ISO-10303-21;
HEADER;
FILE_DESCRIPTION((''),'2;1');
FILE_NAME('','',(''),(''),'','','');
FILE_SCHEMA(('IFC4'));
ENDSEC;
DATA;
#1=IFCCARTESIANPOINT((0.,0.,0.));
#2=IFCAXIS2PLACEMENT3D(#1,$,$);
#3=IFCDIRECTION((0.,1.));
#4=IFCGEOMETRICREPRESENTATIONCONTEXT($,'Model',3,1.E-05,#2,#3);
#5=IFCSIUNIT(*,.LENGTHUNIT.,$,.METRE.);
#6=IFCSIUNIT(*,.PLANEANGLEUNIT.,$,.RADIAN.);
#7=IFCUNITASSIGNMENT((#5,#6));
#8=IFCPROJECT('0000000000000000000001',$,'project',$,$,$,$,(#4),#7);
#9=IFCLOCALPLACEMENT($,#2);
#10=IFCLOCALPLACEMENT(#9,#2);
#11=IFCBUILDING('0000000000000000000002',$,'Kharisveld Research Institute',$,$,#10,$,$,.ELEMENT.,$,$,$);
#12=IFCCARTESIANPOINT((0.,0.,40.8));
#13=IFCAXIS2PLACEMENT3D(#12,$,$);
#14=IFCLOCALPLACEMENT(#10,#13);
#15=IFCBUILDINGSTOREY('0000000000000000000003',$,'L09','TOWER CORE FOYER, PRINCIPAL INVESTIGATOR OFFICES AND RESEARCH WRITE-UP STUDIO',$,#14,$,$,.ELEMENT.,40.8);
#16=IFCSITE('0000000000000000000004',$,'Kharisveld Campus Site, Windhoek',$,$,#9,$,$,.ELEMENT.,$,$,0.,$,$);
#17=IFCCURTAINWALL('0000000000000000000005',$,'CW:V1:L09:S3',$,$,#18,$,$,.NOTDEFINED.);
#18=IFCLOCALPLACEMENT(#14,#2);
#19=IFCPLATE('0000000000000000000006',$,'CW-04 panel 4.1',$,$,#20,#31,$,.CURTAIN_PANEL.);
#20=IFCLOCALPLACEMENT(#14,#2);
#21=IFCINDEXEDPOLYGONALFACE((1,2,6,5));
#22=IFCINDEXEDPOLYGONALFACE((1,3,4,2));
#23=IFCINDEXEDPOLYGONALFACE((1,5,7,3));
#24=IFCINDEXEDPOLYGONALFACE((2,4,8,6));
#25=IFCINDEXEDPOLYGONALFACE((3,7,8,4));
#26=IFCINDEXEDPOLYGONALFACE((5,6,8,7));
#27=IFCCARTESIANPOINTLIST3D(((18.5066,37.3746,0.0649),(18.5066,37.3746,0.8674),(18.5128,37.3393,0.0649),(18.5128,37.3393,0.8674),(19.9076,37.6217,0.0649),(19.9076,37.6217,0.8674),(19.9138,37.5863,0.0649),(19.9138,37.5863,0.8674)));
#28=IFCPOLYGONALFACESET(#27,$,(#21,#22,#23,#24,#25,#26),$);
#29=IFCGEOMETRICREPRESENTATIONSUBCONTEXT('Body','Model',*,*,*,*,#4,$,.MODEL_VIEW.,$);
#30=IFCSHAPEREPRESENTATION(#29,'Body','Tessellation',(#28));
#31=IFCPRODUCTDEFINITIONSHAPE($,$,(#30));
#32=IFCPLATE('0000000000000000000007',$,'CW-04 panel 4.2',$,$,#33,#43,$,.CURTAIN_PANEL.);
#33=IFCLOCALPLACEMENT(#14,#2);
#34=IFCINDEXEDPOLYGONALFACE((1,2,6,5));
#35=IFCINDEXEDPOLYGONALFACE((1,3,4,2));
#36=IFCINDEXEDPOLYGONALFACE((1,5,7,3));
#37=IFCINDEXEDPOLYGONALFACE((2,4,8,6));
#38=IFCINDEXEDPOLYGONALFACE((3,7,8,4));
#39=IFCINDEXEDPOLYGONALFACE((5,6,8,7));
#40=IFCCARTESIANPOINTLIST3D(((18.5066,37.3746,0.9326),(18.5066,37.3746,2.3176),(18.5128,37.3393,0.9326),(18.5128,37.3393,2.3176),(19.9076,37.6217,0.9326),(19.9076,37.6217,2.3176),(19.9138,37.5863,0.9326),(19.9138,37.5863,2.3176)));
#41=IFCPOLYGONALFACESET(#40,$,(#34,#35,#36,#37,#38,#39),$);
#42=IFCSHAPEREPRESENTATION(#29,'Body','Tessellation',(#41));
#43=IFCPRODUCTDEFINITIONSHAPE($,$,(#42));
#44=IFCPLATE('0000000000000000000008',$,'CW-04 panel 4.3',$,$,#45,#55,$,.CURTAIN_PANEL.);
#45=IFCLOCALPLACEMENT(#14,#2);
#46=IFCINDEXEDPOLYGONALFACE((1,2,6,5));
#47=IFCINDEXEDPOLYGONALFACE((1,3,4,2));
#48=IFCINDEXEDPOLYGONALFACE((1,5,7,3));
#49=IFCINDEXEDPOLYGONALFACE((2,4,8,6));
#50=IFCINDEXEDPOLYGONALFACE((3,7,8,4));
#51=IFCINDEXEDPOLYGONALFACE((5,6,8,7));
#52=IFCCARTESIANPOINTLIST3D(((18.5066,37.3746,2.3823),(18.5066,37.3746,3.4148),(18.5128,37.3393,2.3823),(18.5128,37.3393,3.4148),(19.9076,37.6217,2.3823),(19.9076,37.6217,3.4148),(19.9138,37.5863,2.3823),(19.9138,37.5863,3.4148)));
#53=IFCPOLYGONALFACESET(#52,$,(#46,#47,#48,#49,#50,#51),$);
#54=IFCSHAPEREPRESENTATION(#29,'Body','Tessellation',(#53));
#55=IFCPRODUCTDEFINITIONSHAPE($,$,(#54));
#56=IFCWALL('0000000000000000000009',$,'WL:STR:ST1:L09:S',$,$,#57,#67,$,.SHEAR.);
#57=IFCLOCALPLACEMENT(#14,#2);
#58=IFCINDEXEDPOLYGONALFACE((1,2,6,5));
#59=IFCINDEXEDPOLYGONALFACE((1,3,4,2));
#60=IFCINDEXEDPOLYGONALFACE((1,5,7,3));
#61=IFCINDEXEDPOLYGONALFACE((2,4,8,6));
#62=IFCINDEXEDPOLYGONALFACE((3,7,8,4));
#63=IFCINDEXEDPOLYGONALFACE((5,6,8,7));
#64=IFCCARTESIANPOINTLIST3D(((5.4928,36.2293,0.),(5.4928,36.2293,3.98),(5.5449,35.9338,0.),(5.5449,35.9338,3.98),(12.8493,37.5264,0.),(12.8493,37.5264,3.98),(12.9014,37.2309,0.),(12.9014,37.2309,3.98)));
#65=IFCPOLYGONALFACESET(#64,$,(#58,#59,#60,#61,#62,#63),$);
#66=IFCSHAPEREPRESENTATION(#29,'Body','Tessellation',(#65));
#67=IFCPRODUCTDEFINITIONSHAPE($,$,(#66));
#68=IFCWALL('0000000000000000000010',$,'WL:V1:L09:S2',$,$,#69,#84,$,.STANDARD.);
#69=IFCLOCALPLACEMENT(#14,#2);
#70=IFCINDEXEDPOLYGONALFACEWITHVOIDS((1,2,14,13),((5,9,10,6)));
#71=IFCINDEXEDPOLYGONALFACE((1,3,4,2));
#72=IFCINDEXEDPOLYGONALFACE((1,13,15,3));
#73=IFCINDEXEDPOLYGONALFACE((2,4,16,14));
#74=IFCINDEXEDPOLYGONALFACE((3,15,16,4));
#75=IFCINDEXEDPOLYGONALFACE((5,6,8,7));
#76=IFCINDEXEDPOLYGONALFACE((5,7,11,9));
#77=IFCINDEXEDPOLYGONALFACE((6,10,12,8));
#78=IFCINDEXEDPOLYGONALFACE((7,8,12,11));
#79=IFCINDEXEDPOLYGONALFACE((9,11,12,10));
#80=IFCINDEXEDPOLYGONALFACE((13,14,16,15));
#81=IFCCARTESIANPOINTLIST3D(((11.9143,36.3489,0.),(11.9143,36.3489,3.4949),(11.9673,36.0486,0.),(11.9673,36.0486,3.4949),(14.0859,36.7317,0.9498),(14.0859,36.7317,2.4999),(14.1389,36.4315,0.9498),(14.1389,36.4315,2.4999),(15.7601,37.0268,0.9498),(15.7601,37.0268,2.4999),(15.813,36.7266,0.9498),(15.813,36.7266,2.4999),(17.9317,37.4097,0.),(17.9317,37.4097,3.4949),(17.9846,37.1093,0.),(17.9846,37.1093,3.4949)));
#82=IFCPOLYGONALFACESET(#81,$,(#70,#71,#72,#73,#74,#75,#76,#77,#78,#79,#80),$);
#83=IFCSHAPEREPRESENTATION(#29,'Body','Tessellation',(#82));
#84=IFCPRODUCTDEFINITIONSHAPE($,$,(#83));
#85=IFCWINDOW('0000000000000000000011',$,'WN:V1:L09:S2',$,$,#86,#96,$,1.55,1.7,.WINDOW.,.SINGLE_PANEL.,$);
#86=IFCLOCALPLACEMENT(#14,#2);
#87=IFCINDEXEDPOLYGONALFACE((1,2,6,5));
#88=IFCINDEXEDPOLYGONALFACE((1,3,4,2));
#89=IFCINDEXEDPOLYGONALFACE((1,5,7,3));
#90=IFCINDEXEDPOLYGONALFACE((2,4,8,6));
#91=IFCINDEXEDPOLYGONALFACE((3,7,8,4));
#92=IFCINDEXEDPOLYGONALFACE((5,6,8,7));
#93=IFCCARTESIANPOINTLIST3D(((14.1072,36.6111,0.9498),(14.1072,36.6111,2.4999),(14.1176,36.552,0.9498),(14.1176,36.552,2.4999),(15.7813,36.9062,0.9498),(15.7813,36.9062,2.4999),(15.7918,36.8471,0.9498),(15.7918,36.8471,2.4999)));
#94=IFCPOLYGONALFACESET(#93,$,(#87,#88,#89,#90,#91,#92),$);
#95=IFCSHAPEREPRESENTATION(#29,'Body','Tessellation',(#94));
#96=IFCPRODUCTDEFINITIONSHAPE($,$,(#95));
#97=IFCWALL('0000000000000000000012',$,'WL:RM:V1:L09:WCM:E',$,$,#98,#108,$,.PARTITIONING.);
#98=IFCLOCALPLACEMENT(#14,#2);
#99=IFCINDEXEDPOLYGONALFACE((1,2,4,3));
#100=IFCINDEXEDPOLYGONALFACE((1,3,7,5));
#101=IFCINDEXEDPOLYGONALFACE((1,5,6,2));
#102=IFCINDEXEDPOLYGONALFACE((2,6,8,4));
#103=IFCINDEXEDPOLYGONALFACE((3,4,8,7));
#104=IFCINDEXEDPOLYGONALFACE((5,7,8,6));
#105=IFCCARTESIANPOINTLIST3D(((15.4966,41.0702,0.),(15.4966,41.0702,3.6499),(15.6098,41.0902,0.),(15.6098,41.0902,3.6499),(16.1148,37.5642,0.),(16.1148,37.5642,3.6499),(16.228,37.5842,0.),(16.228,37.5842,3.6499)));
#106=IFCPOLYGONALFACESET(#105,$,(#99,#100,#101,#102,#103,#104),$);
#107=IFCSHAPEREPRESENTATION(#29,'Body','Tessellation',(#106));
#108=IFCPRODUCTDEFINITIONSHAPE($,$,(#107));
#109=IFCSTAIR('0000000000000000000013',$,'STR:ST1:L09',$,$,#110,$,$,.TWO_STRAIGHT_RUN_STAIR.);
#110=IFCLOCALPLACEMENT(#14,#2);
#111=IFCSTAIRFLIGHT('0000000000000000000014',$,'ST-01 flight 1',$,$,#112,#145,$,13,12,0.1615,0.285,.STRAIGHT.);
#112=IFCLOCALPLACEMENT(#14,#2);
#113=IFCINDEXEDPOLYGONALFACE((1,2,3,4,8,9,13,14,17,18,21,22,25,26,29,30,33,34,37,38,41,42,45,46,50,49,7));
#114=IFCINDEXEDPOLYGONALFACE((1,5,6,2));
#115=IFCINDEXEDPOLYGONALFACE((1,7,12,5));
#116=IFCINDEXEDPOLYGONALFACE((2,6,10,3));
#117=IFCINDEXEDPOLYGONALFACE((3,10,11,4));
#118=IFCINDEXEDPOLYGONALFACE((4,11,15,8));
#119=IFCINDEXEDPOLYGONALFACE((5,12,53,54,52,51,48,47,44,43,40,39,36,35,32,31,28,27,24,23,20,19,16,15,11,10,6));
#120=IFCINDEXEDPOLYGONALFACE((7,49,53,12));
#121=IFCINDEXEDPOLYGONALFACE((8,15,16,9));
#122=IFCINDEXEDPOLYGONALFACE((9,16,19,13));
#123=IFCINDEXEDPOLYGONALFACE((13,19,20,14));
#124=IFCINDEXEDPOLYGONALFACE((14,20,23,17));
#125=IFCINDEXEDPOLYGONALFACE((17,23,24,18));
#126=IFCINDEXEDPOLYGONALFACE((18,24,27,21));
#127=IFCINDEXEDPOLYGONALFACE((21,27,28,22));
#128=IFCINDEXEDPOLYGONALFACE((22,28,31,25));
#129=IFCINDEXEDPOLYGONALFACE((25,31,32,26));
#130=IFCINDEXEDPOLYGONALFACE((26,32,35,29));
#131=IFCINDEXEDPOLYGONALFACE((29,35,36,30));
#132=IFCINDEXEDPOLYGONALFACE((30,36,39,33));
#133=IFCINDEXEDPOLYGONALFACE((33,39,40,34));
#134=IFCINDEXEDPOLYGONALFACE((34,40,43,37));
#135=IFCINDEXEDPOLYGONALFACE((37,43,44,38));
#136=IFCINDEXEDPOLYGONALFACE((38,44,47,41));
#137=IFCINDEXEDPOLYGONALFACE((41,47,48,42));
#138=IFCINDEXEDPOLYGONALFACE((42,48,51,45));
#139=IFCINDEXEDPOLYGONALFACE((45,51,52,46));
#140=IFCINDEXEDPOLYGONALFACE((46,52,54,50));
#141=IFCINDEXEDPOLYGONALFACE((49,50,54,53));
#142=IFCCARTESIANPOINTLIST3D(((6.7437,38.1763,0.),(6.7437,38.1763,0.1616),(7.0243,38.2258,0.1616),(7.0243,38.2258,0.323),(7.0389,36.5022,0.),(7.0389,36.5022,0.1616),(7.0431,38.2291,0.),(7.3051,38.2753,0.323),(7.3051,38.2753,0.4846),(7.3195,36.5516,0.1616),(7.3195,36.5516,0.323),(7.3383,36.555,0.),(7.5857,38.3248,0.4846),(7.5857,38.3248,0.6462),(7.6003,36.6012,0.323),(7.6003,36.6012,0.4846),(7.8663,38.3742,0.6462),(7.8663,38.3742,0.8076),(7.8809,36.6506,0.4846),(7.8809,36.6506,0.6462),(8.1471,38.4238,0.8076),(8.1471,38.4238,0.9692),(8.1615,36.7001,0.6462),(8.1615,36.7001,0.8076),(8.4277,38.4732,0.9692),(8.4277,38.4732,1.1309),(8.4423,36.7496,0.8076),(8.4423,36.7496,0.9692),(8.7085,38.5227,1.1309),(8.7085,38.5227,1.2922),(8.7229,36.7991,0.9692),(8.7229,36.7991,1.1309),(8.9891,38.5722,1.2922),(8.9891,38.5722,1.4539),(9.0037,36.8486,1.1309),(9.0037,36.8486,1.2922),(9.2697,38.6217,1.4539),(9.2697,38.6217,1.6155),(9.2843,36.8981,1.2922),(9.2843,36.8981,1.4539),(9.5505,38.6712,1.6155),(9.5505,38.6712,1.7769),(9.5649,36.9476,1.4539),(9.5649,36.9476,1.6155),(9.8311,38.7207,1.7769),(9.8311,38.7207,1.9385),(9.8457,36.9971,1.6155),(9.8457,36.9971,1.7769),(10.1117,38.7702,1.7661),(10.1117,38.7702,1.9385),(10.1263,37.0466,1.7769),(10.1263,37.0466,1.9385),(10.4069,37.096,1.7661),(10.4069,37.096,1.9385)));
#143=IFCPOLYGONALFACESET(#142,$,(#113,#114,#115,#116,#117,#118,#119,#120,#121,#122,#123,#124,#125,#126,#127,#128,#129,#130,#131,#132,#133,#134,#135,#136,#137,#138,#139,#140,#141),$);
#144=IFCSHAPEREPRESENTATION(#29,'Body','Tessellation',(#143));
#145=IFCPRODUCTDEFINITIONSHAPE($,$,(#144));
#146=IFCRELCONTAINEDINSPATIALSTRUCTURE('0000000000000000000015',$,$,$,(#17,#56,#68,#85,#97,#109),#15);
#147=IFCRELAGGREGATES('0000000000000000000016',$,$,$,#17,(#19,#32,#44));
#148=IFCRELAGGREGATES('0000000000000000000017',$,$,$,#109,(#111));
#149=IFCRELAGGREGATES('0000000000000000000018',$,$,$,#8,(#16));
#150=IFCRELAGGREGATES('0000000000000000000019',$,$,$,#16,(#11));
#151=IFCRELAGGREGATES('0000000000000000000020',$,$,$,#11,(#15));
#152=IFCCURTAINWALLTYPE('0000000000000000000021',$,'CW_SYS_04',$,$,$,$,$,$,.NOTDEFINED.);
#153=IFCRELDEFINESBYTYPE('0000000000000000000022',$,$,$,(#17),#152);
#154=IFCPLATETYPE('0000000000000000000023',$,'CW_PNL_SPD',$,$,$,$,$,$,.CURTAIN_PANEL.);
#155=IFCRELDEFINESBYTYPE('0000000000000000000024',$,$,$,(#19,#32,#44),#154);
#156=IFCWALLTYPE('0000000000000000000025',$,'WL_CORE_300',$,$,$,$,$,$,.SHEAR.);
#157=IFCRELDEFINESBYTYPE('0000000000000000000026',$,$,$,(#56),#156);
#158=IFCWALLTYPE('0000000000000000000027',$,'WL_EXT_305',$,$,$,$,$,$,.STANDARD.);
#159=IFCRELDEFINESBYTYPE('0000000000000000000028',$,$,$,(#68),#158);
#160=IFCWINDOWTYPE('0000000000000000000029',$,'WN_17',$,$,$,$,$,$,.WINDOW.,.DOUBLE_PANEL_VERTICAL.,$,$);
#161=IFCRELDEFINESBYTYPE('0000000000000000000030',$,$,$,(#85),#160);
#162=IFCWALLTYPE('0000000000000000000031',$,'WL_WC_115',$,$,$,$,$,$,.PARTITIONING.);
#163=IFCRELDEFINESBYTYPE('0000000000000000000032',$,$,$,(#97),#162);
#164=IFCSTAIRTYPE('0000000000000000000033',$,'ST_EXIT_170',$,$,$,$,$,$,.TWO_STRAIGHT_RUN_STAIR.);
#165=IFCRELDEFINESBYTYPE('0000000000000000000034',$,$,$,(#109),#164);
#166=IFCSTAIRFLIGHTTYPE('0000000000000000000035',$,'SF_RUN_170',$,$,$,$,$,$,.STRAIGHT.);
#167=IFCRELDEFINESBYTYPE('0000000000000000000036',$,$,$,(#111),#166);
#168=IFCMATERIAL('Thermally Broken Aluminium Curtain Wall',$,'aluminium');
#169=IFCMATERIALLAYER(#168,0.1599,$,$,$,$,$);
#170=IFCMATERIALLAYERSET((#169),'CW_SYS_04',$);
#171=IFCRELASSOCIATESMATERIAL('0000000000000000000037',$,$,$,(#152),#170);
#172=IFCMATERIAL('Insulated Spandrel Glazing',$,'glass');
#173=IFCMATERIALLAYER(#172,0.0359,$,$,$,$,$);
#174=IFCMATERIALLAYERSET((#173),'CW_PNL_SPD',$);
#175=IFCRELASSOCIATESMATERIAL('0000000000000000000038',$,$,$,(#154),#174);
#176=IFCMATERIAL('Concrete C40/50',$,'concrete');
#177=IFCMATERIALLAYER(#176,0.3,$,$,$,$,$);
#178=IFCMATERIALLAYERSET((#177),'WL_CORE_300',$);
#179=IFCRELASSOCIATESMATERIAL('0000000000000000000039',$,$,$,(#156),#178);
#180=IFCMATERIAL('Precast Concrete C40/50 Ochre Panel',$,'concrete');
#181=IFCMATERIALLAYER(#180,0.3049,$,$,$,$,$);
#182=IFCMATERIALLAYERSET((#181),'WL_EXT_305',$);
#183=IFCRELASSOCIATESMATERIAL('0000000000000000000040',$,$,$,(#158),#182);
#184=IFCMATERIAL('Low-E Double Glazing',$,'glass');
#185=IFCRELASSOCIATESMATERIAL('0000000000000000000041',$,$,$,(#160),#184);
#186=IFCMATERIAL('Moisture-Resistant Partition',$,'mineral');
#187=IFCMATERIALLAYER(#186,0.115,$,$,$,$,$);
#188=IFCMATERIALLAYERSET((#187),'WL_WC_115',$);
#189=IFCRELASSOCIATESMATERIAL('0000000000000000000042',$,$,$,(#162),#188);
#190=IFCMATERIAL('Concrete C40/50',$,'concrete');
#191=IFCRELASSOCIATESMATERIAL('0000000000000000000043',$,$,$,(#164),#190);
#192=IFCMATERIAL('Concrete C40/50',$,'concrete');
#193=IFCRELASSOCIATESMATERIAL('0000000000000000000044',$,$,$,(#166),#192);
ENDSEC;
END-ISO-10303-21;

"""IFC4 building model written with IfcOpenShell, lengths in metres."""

from ifc_helpers import new_model, si_unit, direction, frame, frame_2d, origin, origin_2d, place, context, subcontext, project, spatial, polyline, rectangle, outline, extrude, material, layer, layer_set, type_object, element, fill, aggregate, save


model = new_model("IFC4")

# Units and contexts
model_context = context("Model", 3, precision=1e-05, world=origin(), true_north=direction((0.0, 1.0)))
body_context = subcontext(model_context, "Body", "Model", "MODEL_VIEW")
ifc_project = project(units=[si_unit("LENGTHUNIT", "METRE"), si_unit("PLANEANGLEUNIT", "RADIAN")], contexts=[model_context])

# Site, building, storey
site_placement = place(None, origin())
site = spatial("IfcSite", under=ifc_project, at=site_placement, Name="Kharisveld Campus Site, Windhoek", CompositionType="ELEMENT", RefElevation=0.0)
building_placement = place(site_placement, origin())
building = spatial("IfcBuilding", under=site, at=building_placement, Name="Kharisveld Research Institute", CompositionType="ELEMENT")
storey_placement = place(building_placement, frame((0.0, 0.0, 40.8)))
storey = spatial("IfcBuildingStorey", under=building, at=storey_placement, Name="L09", Description="TOWER CORE FOYER, PRINCIPAL INVESTIGATOR OFFICES AND RESEARCH WRITE-UP STUDIO", CompositionType="ELEMENT", Elevation=40.8)

# Curtain wall
ifc_material_1 = material(Name="Thermally Broken Aluminium Curtain Wall", Category="aluminium")
ifc_layer_1 = layer(ifc_material_1, 0.1599)
ifc_layer_set_1 = layer_set([ifc_layer_1], Name="CW_SYS_04")
curtain_wall_type = type_object("IfcCurtainWallType", Name="CW_SYS_04", PredefinedType="NOTDEFINED", material=ifc_layer_set_1)
curtain_wall_placement = place(storey_placement, origin())
curtain_wall = element("IfcCurtainWall", 1, at=curtain_wall_placement, inside=storey, type_object=curtain_wall_type, Name="CW:V1:L09:S3", PredefinedType="NOTDEFINED")

# Plates
ifc_material_2 = material(Name="Insulated Spandrel Glazing", Category="glass")
ifc_layer_2 = layer(ifc_material_2, 0.0359)
ifc_layer_set_2 = layer_set([ifc_layer_2], Name="CW_PNL_SPD")
plate_type = type_object("IfcPlateType", Name="CW_PNL_SPD", PredefinedType="CURTAIN_PANEL", material=ifc_layer_set_2)
plate_1_placement = place(storey_placement, frame((19.2102, 37.4805, 0.0649), z_axis=(0.0, 0.0, 1.0), x_axis=(-0.984808, -0.173648, 0.0)))
plate_1 = element("IfcPlate", 2, at=plate_1_placement, type_object=plate_type, Name="CW-04 panel 4.1", PredefinedType="CURTAIN_PANEL", context=body_context, shape_type="SweptSolid", body=[
    extrude(rectangle(XDim=1.4226, YDim=0.0359, at=origin_2d()), origin(), (0.0, 0.0, 1.0), 0.8025),
])
plate_2_placement = place(storey_placement, frame((19.2102, 37.4805, 0.9326), z_axis=(0.0, 0.0, 1.0), x_axis=(-0.984808, -0.173648, 0.0)))
plate_2 = element("IfcPlate", 3, at=plate_2_placement, type_object=plate_type, Name="CW-04 panel 4.2", PredefinedType="CURTAIN_PANEL", context=body_context, shape_type="SweptSolid", body=[
    extrude(rectangle(XDim=1.4226, YDim=0.0359, at=origin_2d()), origin(), (0.0, 0.0, 1.0), 1.385),
])
plate_3_placement = place(storey_placement, frame((19.2102, 37.4805, 2.3823), z_axis=(0.0, 0.0, 1.0), x_axis=(-0.984808, -0.173648, 0.0)))
plate_3 = element("IfcPlate", 4, at=plate_3_placement, type_object=plate_type, Name="CW-04 panel 4.3", PredefinedType="CURTAIN_PANEL", context=body_context, shape_type="SweptSolid", body=[
    extrude(rectangle(XDim=1.4226, YDim=0.0359, at=origin_2d()), origin(), (0.0, 0.0, 1.0), 1.0325),
])
aggregate(curtain_wall, [plate_1, plate_2, plate_3])

# Wall
ifc_material_3 = material(Name="Concrete C40/50", Category="concrete")
ifc_layer_3 = layer(ifc_material_3, 0.3)
ifc_layer_set_3 = layer_set([ifc_layer_3], Name="WL_CORE_300")
wall_type_1 = type_object("IfcWallType", Name="WL_CORE_300", PredefinedType="SHEAR", material=ifc_layer_set_3)
wall_1_placement = place(storey_placement, frame((12.8752, 37.3787, 0.0), z_axis=(0.0, 0.0, 1.0), x_axis=(-0.984808, -0.173645, 0.0)))
element("IfcWall", 5, at=wall_1_placement, inside=storey, type_object=wall_type_1, Name="WL:STR:ST1:L09:S", PredefinedType="SHEAR", context=body_context, shape_type="SweptSolid", body=[
    extrude(rectangle(XDim=7.47, YDim=0.3, at=frame_2d((3.7349, 0.0))), origin(), (0.0, 0.0, 1.0), 3.98),
])

# Wall, opening, window
ifc_material_4 = material(Name="Precast Concrete C40/50 Ochre Panel", Category="concrete")
ifc_layer_4 = layer(ifc_material_4, 0.3049)
ifc_layer_set_4 = layer_set([ifc_layer_4], Name="WL_EXT_305")
wall_type_2 = type_object("IfcWallType", Name="WL_EXT_305", PredefinedType="STANDARD", material=ifc_layer_set_4)
wall_2_placement = place(storey_placement, frame((17.9583, 37.2595, 0.0), z_axis=(0.0, 0.0, 1.0), x_axis=(-0.984814, -0.173612, 0.0)))
wall_2 = element("IfcWall", 6, at=wall_2_placement, inside=storey, type_object=wall_type_2, Name="WL:V1:L09:S2", PredefinedType="STANDARD", context=body_context, shape_type="SweptSolid", body=[
    extrude(rectangle(XDim=6.1101, YDim=0.3049, at=frame_2d((3.0552, 0.0))), origin(), (0.0, 0.0, 1.0), 3.4949),
])
opening_placement = place(wall_2_placement, frame((2.2051, 0.0, 0.95)))
opening = element("IfcOpeningElement", 7, at=opening_placement, cuts=wall_2, PredefinedType="OPENING", context=body_context, shape_type="SweptSolid", body=[
    extrude(rectangle(XDim=1.7, YDim=1.55, at=frame_2d((0.8501, 0.7749))), frame((0.0, 0.1523, 0.0), z_axis=(0.0, -1.0, 0.0), x_axis=(1.0, 0.0, 0.0)), (0.0, 0.0, 1.0), 0.3049),
])
ifc_material_5 = material(Name="Low-E Double Glazing", Category="glass")
window_type = type_object("IfcWindowType", Name="WN_17", PartitioningType="DOUBLE_PANEL_VERTICAL", PredefinedType="WINDOW", material=ifc_material_5)
window_placement = place(opening_placement, origin())
window = element("IfcWindow", 8, at=window_placement, inside=storey, type_object=window_type, Name="WN:V1:L09:S2", OverallHeight=1.55, OverallWidth=1.7, PartitioningType="SINGLE_PANEL", PredefinedType="WINDOW", context=body_context, shape_type="SweptSolid", body=[
    extrude(rectangle(XDim=1.7, YDim=1.55, at=frame_2d((0.8501, 0.7749))), frame((0.0, 0.03, 0.0), z_axis=(0.0, -1.0, 0.0), x_axis=(1.0, 0.0, 0.0)), (0.0, 0.0, 1.0), 0.0601),
])
fill(opening, window)

# Wall
ifc_material_6 = material(Name="Moisture-Resistant Partition", Category="mineral")
ifc_layer_5 = layer(ifc_material_6, 0.115)
ifc_layer_set_5 = layer_set([ifc_layer_5], Name="WL_WC_115")
wall_type_3 = type_object("IfcWallType", Name="WL_WC_115", PredefinedType="PARTITIONING", material=ifc_layer_set_5)
wall_3_placement = place(storey_placement, frame((16.1714, 37.5742, 0.0), z_axis=(0.0, 0.0, 1.0), x_axis=(-0.173644, 0.984808, 0.0)))
element("IfcWall", 9, at=wall_3_placement, inside=storey, type_object=wall_type_3, Name="WL:RM:V1:L09:WCM:E", PredefinedType="PARTITIONING", context=body_context, shape_type="SweptSolid", body=[
    extrude(rectangle(XDim=3.5601, YDim=0.115, at=frame_2d((1.78, 0.0))), origin(), (0.0, 0.0, 1.0), 3.6499),
])

# Stair, stair flight
ifc_material_7 = material(Name="Concrete C40/50", Category="concrete")
stair_type = type_object("IfcStairType", Name="ST_EXIT_170", PredefinedType="TWO_STRAIGHT_RUN_STAIR", material=ifc_material_7)
stair_placement = place(storey_placement, origin())
stair = element("IfcStair", 10, at=stair_placement, inside=storey, type_object=stair_type, Name="STR:ST1:L09", PredefinedType="TWO_STRAIGHT_RUN_STAIR")
ifc_material_8 = material(Name="Concrete C40/50", Category="concrete")
stair_flight_type = type_object("IfcStairFlightType", Name="SF_RUN_170", PredefinedType="STRAIGHT", material=ifc_material_8)
stair_flight_placement = place(storey_placement, frame((6.8914, 37.3391, 0.0), z_axis=(0.0, 0.0, 1.0), x_axis=(0.984808, 0.173648, 0.0)))
stair_flight = element("IfcStairFlight", 11, at=stair_flight_placement, type_object=stair_flight_type, Name="ST-01 flight 1", NumberOfRisers=13, NumberOfTreads=12, PredefinedType="STRAIGHT", RiserHeight=0.1615, TreadLength=0.285, context=body_context, shape_type="SweptSolid", body=[
    extrude(outline(polyline([(0.0, 0.0), (0.0, 0.1616), (0.2849, 0.1616), (0.2849, 0.323), (0.5701, 0.323), (0.5701, 0.4846), (0.855, 0.4846), (0.855, 0.6462), (1.1399, 0.6462), (1.1399, 0.8076), (1.425, 0.8076), (1.425, 0.9692), (1.71, 0.9692), (1.71, 1.1309), (1.9951, 1.1309), (1.9951, 1.2922), (2.28, 1.2922), (2.28, 1.4539), (2.5649, 1.4539), (2.5649, 1.6155), (2.8501, 1.6155), (2.8501, 1.7769), (3.135, 1.7769), (3.135, 1.9385), (3.4199, 1.9385), (3.4199, 2.1001), (3.4199, 1.7661), (0.304, 0.0), (0.0, 0.0)])), frame((0.0, 0.8501, 0.0), z_axis=(0.0, -1.0, 0.0), x_axis=(1.0, 0.0, 0.0)), (0.0, 0.0, 1.0), 1.7),
])
aggregate(stair, [stair_flight])

save(model, "model.ifc")
